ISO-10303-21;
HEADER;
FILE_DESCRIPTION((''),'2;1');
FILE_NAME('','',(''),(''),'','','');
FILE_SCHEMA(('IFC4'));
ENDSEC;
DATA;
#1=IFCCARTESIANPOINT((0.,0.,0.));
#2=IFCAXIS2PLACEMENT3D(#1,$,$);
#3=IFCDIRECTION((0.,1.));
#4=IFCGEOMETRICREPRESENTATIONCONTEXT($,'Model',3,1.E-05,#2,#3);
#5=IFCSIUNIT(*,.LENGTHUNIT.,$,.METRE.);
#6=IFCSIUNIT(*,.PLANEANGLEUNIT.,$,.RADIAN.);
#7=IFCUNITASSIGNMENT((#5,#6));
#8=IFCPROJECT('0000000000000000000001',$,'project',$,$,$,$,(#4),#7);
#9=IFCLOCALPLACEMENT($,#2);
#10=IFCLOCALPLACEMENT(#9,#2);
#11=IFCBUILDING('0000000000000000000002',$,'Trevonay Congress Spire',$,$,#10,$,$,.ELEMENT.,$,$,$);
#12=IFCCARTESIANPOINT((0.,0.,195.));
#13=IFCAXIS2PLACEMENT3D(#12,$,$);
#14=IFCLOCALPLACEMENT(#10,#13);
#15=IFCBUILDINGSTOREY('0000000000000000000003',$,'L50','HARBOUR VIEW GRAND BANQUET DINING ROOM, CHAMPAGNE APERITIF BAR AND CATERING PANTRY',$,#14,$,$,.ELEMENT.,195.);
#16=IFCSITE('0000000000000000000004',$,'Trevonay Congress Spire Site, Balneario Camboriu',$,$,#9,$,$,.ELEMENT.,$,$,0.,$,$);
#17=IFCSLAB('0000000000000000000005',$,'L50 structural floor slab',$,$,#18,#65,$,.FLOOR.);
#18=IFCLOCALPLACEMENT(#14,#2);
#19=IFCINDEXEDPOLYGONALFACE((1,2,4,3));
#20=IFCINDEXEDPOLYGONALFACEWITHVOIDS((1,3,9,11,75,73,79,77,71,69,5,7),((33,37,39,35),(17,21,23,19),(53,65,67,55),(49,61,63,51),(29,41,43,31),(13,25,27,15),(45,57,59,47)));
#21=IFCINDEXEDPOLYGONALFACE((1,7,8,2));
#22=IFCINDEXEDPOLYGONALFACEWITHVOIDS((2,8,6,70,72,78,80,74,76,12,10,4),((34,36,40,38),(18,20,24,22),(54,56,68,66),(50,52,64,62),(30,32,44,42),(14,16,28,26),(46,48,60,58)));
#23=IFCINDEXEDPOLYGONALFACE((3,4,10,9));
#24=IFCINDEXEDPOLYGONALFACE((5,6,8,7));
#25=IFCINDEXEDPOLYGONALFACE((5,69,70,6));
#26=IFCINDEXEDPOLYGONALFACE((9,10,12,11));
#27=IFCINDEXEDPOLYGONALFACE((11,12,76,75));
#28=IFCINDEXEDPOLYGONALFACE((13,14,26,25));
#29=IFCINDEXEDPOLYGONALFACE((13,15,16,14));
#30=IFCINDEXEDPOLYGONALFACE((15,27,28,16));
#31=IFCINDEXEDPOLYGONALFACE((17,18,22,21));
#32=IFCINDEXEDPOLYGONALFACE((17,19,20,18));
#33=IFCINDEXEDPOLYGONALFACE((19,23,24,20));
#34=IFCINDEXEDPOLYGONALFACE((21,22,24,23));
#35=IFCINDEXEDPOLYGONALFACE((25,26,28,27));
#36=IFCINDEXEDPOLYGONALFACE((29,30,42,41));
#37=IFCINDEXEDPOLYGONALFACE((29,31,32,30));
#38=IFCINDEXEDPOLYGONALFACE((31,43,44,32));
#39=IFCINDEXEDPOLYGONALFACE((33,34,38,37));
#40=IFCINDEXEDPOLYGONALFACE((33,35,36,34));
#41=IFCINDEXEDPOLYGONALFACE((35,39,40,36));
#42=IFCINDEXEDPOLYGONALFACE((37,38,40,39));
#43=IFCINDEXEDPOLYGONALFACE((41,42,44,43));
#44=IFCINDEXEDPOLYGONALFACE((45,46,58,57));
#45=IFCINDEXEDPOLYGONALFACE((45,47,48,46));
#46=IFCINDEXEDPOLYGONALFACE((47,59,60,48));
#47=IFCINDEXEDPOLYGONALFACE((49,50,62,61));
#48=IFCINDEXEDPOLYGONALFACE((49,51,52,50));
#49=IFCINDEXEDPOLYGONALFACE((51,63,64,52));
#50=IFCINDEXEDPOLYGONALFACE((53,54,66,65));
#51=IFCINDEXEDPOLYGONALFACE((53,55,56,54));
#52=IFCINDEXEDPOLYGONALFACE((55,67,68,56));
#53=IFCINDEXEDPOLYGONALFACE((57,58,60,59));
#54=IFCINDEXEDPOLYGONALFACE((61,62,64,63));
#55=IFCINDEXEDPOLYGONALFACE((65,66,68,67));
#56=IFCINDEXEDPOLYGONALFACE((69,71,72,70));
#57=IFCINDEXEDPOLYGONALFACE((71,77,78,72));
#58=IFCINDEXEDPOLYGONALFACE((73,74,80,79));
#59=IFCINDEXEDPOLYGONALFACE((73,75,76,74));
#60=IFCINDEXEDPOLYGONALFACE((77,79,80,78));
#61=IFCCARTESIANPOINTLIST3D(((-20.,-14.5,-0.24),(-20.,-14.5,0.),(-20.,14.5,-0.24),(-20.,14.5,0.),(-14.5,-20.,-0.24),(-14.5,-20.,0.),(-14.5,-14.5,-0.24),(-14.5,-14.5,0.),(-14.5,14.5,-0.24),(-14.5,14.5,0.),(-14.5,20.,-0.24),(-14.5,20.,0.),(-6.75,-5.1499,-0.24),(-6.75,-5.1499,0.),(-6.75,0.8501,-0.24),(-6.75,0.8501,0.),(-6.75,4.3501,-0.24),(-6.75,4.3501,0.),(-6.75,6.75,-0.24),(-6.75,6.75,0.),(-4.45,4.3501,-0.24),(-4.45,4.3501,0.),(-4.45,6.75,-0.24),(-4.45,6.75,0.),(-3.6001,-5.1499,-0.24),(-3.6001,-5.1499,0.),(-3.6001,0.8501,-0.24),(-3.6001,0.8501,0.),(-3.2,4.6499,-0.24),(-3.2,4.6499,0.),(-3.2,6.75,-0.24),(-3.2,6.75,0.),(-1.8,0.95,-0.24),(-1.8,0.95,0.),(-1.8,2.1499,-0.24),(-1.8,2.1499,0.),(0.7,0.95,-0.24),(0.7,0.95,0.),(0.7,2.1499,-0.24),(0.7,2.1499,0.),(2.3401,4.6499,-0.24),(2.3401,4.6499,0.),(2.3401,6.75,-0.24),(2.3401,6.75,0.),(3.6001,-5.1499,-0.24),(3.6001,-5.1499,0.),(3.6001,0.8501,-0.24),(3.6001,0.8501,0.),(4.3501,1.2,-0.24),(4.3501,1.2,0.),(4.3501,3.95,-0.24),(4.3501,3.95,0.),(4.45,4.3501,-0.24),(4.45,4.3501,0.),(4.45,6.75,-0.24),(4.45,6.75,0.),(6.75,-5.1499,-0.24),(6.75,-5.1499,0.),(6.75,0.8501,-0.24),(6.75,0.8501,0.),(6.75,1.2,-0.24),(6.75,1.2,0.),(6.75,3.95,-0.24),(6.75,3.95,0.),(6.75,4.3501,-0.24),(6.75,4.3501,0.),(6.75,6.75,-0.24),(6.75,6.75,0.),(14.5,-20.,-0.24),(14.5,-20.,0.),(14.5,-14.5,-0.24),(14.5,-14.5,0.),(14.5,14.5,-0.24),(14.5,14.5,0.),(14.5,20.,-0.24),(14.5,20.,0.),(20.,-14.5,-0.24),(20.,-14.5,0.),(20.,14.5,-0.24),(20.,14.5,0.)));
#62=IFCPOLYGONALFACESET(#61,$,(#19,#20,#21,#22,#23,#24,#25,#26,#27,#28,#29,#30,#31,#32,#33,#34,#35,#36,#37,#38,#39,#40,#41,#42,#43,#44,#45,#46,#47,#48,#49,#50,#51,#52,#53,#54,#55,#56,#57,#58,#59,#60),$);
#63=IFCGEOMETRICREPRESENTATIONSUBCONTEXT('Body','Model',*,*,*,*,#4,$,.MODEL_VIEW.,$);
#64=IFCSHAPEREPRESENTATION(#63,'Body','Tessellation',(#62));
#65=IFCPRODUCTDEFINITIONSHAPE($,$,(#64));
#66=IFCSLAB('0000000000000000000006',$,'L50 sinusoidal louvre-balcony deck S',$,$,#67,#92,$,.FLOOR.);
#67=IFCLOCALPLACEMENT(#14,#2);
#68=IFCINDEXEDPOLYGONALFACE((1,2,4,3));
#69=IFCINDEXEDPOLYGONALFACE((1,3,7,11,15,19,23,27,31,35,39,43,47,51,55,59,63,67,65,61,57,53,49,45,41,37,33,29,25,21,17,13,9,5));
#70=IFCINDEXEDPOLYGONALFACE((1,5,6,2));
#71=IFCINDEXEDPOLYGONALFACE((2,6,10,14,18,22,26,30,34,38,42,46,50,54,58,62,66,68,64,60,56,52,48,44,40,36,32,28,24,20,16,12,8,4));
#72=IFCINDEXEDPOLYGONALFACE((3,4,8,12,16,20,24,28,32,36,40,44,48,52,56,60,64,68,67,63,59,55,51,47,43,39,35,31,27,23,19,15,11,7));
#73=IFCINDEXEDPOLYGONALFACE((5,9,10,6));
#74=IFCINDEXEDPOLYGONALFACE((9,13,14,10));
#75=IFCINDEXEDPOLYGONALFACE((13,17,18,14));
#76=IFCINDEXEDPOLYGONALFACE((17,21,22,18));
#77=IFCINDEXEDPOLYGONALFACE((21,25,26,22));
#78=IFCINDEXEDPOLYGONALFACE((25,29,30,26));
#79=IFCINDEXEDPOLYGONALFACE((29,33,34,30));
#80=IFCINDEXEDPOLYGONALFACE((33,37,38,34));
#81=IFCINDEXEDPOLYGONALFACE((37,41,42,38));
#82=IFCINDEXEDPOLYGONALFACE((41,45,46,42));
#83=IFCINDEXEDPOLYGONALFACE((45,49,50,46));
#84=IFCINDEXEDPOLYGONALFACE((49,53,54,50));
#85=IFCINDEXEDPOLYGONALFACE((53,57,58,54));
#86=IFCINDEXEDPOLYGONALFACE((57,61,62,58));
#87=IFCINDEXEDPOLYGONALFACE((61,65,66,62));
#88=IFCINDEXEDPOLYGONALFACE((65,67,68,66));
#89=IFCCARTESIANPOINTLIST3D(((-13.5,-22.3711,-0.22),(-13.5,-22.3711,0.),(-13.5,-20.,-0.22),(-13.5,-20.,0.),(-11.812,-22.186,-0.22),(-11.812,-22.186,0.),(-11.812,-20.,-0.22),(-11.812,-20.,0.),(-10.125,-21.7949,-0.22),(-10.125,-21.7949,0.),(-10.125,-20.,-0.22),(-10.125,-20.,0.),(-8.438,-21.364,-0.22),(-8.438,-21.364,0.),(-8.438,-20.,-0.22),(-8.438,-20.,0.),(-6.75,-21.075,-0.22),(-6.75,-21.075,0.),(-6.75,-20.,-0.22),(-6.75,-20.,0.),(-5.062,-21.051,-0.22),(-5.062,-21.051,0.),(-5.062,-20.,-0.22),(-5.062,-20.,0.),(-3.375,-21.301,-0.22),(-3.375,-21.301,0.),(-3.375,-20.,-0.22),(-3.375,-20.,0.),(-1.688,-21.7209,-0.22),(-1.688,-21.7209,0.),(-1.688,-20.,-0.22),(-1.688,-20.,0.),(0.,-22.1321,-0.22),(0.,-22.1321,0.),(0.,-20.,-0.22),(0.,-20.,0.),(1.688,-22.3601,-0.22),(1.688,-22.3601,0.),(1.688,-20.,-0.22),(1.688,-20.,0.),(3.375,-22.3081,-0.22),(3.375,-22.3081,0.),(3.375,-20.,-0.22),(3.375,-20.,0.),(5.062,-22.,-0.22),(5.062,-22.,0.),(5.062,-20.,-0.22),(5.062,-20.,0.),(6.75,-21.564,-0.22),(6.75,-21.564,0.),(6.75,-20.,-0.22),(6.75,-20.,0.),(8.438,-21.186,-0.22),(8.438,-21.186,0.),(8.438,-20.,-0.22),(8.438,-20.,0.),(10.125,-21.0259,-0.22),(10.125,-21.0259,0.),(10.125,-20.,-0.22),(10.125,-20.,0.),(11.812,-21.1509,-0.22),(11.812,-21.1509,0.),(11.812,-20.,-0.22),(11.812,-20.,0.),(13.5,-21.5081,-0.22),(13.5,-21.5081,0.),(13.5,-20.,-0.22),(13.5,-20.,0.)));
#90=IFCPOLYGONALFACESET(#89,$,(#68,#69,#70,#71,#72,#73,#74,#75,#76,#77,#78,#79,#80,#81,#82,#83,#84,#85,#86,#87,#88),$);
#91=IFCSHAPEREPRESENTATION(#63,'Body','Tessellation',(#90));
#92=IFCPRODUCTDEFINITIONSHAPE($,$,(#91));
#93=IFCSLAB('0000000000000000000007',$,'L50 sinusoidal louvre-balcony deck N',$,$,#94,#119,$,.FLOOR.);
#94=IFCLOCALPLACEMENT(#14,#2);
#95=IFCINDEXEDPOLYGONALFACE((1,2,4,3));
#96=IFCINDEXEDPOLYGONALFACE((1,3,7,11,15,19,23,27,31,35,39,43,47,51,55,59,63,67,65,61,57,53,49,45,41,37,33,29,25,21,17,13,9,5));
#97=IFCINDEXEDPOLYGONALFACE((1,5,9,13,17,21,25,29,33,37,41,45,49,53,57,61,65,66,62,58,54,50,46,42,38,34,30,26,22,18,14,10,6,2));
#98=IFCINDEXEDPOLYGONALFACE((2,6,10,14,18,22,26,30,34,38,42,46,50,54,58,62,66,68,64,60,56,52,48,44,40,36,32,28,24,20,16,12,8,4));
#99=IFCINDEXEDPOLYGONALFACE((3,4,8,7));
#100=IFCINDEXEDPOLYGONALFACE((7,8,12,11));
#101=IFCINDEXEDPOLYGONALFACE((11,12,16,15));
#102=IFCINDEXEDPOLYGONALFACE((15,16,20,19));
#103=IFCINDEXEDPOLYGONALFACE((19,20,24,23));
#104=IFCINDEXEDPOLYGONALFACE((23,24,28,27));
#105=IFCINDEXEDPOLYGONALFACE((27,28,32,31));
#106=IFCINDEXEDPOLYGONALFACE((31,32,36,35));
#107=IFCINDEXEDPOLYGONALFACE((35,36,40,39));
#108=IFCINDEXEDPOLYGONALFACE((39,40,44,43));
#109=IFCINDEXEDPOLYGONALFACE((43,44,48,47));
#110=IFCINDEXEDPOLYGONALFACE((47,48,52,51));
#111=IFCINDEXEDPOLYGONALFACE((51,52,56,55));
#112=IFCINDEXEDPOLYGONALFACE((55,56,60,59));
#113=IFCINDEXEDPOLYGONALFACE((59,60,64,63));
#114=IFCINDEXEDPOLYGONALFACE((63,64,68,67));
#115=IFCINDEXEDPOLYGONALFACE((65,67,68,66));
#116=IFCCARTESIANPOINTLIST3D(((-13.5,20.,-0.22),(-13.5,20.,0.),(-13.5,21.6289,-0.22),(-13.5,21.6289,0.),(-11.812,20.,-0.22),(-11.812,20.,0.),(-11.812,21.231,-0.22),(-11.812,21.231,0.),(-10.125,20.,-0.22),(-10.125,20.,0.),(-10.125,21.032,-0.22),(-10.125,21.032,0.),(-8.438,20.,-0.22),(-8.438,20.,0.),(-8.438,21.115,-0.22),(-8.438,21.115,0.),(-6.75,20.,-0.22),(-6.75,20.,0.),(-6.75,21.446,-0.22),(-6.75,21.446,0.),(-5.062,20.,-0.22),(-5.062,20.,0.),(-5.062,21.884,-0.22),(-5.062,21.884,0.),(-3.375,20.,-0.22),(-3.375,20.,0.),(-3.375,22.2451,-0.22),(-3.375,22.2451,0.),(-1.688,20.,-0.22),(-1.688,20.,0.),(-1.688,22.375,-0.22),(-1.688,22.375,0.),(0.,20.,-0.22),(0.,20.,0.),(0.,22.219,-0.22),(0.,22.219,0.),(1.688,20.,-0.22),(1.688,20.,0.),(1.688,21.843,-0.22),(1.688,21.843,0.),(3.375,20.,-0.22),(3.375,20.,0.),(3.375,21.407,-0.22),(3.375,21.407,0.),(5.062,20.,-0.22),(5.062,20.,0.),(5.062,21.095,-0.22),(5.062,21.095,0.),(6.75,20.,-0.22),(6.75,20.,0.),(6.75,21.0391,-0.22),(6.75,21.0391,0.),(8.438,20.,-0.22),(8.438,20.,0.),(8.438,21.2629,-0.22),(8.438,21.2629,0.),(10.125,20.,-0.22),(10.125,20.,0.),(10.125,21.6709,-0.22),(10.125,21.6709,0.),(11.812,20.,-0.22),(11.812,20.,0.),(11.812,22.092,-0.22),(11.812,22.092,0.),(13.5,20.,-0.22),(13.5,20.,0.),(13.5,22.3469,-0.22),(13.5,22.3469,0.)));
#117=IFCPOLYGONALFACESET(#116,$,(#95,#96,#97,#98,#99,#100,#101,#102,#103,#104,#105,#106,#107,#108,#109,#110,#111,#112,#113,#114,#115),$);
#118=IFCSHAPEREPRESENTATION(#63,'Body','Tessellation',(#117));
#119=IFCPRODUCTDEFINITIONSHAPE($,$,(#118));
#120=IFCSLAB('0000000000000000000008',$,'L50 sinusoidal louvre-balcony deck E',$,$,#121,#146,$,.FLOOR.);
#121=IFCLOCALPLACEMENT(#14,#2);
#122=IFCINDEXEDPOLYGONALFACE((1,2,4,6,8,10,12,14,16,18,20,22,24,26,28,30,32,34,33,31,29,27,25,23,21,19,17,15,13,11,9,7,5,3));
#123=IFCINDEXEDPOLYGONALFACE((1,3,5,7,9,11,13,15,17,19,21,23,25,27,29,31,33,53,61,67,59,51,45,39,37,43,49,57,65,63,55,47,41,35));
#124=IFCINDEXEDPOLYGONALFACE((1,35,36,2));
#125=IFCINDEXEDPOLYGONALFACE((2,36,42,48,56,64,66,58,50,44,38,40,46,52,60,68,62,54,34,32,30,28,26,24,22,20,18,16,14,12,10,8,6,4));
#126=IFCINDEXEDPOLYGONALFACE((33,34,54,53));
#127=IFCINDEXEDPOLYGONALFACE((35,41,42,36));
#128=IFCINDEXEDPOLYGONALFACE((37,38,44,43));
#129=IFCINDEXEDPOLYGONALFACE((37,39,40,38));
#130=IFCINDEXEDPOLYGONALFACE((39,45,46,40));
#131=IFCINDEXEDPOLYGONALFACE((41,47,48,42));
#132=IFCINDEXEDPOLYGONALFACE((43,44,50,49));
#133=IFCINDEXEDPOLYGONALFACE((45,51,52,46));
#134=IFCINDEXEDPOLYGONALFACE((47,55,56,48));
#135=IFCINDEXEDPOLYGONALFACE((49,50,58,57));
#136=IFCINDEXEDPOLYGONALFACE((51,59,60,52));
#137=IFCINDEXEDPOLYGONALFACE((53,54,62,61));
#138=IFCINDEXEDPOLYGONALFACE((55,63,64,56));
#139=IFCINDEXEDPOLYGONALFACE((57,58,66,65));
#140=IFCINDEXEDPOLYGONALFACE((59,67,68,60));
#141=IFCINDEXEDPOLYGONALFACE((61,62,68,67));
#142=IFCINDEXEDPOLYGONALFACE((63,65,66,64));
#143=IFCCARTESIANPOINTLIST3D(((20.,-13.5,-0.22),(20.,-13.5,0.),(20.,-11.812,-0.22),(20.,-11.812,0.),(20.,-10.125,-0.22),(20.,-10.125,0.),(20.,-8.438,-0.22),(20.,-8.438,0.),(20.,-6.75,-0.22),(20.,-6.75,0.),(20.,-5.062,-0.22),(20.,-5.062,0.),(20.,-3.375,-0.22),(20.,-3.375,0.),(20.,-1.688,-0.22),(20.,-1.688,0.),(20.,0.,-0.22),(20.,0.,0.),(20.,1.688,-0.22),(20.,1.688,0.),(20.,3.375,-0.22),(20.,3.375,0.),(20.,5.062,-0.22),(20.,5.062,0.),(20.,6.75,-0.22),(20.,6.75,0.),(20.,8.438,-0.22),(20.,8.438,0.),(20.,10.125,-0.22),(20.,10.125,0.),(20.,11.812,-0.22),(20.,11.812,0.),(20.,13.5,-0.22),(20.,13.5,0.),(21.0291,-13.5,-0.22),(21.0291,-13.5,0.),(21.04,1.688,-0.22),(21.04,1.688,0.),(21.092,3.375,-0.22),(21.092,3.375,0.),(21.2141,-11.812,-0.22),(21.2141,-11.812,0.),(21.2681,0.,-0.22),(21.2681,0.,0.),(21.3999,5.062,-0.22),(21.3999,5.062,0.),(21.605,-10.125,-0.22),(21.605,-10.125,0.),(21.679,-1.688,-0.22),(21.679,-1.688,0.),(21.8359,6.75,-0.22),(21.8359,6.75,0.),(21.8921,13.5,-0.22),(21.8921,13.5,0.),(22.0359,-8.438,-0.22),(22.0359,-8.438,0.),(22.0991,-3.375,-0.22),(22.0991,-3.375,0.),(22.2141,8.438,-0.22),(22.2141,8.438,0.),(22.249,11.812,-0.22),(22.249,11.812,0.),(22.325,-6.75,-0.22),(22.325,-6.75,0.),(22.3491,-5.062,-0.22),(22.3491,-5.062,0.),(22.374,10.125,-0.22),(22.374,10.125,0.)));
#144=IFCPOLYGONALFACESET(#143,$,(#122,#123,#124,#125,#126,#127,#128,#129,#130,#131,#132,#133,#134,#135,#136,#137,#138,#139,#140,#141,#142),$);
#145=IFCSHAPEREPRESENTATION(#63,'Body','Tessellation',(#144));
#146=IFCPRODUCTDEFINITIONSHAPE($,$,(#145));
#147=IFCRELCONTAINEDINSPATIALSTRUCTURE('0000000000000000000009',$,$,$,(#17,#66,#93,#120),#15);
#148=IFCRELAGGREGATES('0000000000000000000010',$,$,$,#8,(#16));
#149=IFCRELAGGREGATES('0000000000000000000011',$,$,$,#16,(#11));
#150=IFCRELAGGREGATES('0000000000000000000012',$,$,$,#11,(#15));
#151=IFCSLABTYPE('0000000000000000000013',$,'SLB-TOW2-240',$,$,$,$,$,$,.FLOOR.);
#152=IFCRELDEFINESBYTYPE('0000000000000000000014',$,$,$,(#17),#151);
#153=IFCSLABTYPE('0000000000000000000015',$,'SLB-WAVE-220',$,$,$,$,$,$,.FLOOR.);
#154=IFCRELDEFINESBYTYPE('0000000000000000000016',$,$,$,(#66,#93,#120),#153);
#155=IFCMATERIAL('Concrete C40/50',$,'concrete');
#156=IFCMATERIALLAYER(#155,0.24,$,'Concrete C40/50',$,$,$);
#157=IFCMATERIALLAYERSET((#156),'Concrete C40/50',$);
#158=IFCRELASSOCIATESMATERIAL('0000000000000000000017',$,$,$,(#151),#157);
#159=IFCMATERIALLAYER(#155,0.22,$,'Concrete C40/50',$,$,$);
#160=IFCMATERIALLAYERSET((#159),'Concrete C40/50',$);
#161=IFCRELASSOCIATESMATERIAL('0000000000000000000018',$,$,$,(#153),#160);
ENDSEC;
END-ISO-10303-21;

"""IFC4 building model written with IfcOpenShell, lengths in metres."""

from ifc_helpers import new_model, si_unit, direction, frame, origin, place, context, subcontext, project, spatial, polyline, outline, extrude, material, layer, layer_set, type_object, element, save


model = new_model("IFC4")

# Units and contexts
model_context = context("Model", 3, precision=1e-05, world=origin(), true_north=direction((0.0, 1.0)))
body_context = subcontext(model_context, "Body", "Model", "MODEL_VIEW")
ifc_project = project(units=[si_unit("LENGTHUNIT", "METRE"), si_unit("PLANEANGLEUNIT", "RADIAN")], contexts=[model_context])

# Site, building, storey
site_placement = place(None, origin())
site = spatial("IfcSite", under=ifc_project, at=site_placement, Name="Trevonay Congress Spire Site, Balneario Camboriu", CompositionType="ELEMENT", RefElevation=0.0)
building_placement = place(site_placement, origin())
building = spatial("IfcBuilding", under=site, at=building_placement, Name="Trevonay Congress Spire", CompositionType="ELEMENT")
storey_placement = place(building_placement, frame((0.0, 0.0, 195.0)))
storey = spatial("IfcBuildingStorey", under=building, at=storey_placement, Name="L50", Description="HARBOUR VIEW GRAND BANQUET DINING ROOM, CHAMPAGNE APERITIF BAR AND CATERING PANTRY", CompositionType="ELEMENT", Elevation=195.0)

# Slabs
ifc_material_1 = material(Name="Concrete C40/50", Category="concrete")
ifc_layer_1 = layer(ifc_material_1, 0.24, Name="Concrete C40/50")
ifc_layer_set_1 = layer_set([ifc_layer_1], Name="Concrete C40/50")
slab_type_1 = type_object("IfcSlabType", Name="SLB-TOW2-240", PredefinedType="FLOOR", material=ifc_layer_set_1)
slab_1_placement = place(storey_placement, frame((0.0, 0.0, -0.24)))
element("IfcSlab", 1, at=slab_1_placement, inside=storey, type_object=slab_type_1, Name="L50 structural floor slab", PredefinedType="FLOOR", context=body_context, shape_type="SweptSolid", body=[
    extrude(outline(polyline([(-14.5, -20.0), (14.5, -20.0), (14.5, -14.5), (20.0, -14.5), (20.0, 14.5), (14.5, 14.5), (14.5, 20.0), (-14.5, 20.0), (-14.5, 14.5), (-20.0, 14.5), (-20.0, -14.5), (-14.5, -14.5), (-14.5, -20.0)]), holes=[polyline([(-3.6001, -5.1499), (-3.6001, 0.8501), (-6.75, 0.8501), (-6.75, -5.1499), (-3.6001, -5.1499)]), polyline([(6.75, -5.1499), (6.75, 0.8501), (3.6001, 0.8501), (3.6001, -5.1499), (6.75, -5.1499)]), polyline([(-3.2, 4.6499), (2.3401, 4.6499), (2.3401, 6.75), (-3.2, 6.75), (-3.2, 4.6499)]), polyline([(-6.75, 4.3501), (-4.45, 4.3501), (-4.45, 6.75), (-6.75, 6.75), (-6.75, 4.3501)]), polyline([(4.45, 4.3501), (6.75, 4.3501), (6.75, 6.75), (4.45, 6.75), (4.45, 4.3501)]), polyline([(4.3501, 1.2), (6.75, 1.2), (6.75, 3.95), (4.3501, 3.95), (4.3501, 1.2)]), polyline([(-1.8, 0.95), (0.7, 0.95), (0.7, 2.1499), (-1.8, 2.1499), (-1.8, 0.95)])]), origin(), (0.0, 0.0, 1.0), 0.24),
])
ifc_layer_2 = layer(ifc_material_1, 0.22, Name="Concrete C40/50")
ifc_layer_set_2 = layer_set([ifc_layer_2], Name="Concrete C40/50")
slab_type_2 = type_object("IfcSlabType", Name="SLB-WAVE-220", PredefinedType="FLOOR", material=ifc_layer_set_2)
slab_2_placement = place(storey_placement, frame((0.0, 0.0, -0.22)))
element("IfcSlab", 2, at=slab_2_placement, inside=storey, type_object=slab_type_2, Name="L50 sinusoidal louvre-balcony deck S", PredefinedType="FLOOR", context=body_context, shape_type="SweptSolid", body=[
    extrude(outline(polyline([(-13.5, -22.3711), (-11.812, -22.186), (-10.125, -21.7949), (-8.438, -21.364), (-6.75, -21.075), (-5.062, -21.051), (-3.375, -21.301), (-1.688, -21.7209), (0.0, -22.1321), (1.688, -22.3601), (3.375, -22.3081), (5.062, -22.0), (6.75, -21.564), (8.438, -21.186), (10.125, -21.0259), (11.812, -21.1509), (13.5, -21.5081), (13.5, -20.0), (11.812, -20.0), (10.125, -20.0), (8.438, -20.0), (6.75, -20.0), (5.062, -20.0), (3.375, -20.0), (1.688, -20.0), (0.0, -20.0), (-1.688, -20.0), (-3.375, -20.0), (-5.062, -20.0), (-6.75, -20.0), (-8.438, -20.0), (-10.125, -20.0), (-11.812, -20.0), (-13.5, -20.0), (-13.5, -22.3711)])), origin(), (0.0, 0.0, 1.0), 0.22),
])
slab_3_placement = place(storey_placement, frame((0.0, 0.0, -0.22)))
element("IfcSlab", 3, at=slab_3_placement, inside=storey, type_object=slab_type_2, Name="L50 sinusoidal louvre-balcony deck N", PredefinedType="FLOOR", context=body_context, shape_type="SweptSolid", body=[
    extrude(outline(polyline([(-13.5, 20.0), (-11.812, 20.0), (-10.125, 20.0), (-8.438, 20.0), (-6.75, 20.0), (-5.062, 20.0), (-3.375, 20.0), (-1.688, 20.0), (0.0, 20.0), (1.688, 20.0), (3.375, 20.0), (5.062, 20.0), (6.75, 20.0), (8.438, 20.0), (10.125, 20.0), (11.812, 20.0), (13.5, 20.0), (13.5, 22.3469), (11.812, 22.092), (10.125, 21.6709), (8.438, 21.2629), (6.75, 21.0391), (5.062, 21.095), (3.375, 21.407), (1.688, 21.843), (0.0, 22.219), (-1.688, 22.375), (-3.375, 22.2451), (-5.062, 21.884), (-6.75, 21.446), (-8.438, 21.115), (-10.125, 21.032), (-11.812, 21.231), (-13.5, 21.6289), (-13.5, 20.0)])), origin(), (0.0, 0.0, 1.0), 0.22),
])
slab_4_placement = place(storey_placement, frame((0.0, 0.0, -0.22)))
element("IfcSlab", 4, at=slab_4_placement, inside=storey, type_object=slab_type_2, Name="L50 sinusoidal louvre-balcony deck E", PredefinedType="FLOOR", context=body_context, shape_type="SweptSolid", body=[
    extrude(outline(polyline([(21.0291, -13.5), (21.2141, -11.812), (21.605, -10.125), (22.0359, -8.438), (22.325, -6.75), (22.3491, -5.062), (22.0991, -3.375), (21.679, -1.688), (21.2681, 0.0), (21.04, 1.688), (21.092, 3.375), (21.3999, 5.062), (21.8359, 6.75), (22.2141, 8.438), (22.374, 10.125), (22.249, 11.812), (21.8921, 13.5), (20.0, 13.5), (20.0, 11.812), (20.0, 10.125), (20.0, 8.438), (20.0, 6.75), (20.0, 5.062), (20.0, 3.375), (20.0, 1.688), (20.0, 0.0), (20.0, -1.688), (20.0, -3.375), (20.0, -5.062), (20.0, -6.75), (20.0, -8.438), (20.0, -10.125), (20.0, -11.812), (20.0, -13.5), (21.0291, -13.5)])), origin(), (0.0, 0.0, 1.0), 0.22),
])

save(model, "model.ifc")
